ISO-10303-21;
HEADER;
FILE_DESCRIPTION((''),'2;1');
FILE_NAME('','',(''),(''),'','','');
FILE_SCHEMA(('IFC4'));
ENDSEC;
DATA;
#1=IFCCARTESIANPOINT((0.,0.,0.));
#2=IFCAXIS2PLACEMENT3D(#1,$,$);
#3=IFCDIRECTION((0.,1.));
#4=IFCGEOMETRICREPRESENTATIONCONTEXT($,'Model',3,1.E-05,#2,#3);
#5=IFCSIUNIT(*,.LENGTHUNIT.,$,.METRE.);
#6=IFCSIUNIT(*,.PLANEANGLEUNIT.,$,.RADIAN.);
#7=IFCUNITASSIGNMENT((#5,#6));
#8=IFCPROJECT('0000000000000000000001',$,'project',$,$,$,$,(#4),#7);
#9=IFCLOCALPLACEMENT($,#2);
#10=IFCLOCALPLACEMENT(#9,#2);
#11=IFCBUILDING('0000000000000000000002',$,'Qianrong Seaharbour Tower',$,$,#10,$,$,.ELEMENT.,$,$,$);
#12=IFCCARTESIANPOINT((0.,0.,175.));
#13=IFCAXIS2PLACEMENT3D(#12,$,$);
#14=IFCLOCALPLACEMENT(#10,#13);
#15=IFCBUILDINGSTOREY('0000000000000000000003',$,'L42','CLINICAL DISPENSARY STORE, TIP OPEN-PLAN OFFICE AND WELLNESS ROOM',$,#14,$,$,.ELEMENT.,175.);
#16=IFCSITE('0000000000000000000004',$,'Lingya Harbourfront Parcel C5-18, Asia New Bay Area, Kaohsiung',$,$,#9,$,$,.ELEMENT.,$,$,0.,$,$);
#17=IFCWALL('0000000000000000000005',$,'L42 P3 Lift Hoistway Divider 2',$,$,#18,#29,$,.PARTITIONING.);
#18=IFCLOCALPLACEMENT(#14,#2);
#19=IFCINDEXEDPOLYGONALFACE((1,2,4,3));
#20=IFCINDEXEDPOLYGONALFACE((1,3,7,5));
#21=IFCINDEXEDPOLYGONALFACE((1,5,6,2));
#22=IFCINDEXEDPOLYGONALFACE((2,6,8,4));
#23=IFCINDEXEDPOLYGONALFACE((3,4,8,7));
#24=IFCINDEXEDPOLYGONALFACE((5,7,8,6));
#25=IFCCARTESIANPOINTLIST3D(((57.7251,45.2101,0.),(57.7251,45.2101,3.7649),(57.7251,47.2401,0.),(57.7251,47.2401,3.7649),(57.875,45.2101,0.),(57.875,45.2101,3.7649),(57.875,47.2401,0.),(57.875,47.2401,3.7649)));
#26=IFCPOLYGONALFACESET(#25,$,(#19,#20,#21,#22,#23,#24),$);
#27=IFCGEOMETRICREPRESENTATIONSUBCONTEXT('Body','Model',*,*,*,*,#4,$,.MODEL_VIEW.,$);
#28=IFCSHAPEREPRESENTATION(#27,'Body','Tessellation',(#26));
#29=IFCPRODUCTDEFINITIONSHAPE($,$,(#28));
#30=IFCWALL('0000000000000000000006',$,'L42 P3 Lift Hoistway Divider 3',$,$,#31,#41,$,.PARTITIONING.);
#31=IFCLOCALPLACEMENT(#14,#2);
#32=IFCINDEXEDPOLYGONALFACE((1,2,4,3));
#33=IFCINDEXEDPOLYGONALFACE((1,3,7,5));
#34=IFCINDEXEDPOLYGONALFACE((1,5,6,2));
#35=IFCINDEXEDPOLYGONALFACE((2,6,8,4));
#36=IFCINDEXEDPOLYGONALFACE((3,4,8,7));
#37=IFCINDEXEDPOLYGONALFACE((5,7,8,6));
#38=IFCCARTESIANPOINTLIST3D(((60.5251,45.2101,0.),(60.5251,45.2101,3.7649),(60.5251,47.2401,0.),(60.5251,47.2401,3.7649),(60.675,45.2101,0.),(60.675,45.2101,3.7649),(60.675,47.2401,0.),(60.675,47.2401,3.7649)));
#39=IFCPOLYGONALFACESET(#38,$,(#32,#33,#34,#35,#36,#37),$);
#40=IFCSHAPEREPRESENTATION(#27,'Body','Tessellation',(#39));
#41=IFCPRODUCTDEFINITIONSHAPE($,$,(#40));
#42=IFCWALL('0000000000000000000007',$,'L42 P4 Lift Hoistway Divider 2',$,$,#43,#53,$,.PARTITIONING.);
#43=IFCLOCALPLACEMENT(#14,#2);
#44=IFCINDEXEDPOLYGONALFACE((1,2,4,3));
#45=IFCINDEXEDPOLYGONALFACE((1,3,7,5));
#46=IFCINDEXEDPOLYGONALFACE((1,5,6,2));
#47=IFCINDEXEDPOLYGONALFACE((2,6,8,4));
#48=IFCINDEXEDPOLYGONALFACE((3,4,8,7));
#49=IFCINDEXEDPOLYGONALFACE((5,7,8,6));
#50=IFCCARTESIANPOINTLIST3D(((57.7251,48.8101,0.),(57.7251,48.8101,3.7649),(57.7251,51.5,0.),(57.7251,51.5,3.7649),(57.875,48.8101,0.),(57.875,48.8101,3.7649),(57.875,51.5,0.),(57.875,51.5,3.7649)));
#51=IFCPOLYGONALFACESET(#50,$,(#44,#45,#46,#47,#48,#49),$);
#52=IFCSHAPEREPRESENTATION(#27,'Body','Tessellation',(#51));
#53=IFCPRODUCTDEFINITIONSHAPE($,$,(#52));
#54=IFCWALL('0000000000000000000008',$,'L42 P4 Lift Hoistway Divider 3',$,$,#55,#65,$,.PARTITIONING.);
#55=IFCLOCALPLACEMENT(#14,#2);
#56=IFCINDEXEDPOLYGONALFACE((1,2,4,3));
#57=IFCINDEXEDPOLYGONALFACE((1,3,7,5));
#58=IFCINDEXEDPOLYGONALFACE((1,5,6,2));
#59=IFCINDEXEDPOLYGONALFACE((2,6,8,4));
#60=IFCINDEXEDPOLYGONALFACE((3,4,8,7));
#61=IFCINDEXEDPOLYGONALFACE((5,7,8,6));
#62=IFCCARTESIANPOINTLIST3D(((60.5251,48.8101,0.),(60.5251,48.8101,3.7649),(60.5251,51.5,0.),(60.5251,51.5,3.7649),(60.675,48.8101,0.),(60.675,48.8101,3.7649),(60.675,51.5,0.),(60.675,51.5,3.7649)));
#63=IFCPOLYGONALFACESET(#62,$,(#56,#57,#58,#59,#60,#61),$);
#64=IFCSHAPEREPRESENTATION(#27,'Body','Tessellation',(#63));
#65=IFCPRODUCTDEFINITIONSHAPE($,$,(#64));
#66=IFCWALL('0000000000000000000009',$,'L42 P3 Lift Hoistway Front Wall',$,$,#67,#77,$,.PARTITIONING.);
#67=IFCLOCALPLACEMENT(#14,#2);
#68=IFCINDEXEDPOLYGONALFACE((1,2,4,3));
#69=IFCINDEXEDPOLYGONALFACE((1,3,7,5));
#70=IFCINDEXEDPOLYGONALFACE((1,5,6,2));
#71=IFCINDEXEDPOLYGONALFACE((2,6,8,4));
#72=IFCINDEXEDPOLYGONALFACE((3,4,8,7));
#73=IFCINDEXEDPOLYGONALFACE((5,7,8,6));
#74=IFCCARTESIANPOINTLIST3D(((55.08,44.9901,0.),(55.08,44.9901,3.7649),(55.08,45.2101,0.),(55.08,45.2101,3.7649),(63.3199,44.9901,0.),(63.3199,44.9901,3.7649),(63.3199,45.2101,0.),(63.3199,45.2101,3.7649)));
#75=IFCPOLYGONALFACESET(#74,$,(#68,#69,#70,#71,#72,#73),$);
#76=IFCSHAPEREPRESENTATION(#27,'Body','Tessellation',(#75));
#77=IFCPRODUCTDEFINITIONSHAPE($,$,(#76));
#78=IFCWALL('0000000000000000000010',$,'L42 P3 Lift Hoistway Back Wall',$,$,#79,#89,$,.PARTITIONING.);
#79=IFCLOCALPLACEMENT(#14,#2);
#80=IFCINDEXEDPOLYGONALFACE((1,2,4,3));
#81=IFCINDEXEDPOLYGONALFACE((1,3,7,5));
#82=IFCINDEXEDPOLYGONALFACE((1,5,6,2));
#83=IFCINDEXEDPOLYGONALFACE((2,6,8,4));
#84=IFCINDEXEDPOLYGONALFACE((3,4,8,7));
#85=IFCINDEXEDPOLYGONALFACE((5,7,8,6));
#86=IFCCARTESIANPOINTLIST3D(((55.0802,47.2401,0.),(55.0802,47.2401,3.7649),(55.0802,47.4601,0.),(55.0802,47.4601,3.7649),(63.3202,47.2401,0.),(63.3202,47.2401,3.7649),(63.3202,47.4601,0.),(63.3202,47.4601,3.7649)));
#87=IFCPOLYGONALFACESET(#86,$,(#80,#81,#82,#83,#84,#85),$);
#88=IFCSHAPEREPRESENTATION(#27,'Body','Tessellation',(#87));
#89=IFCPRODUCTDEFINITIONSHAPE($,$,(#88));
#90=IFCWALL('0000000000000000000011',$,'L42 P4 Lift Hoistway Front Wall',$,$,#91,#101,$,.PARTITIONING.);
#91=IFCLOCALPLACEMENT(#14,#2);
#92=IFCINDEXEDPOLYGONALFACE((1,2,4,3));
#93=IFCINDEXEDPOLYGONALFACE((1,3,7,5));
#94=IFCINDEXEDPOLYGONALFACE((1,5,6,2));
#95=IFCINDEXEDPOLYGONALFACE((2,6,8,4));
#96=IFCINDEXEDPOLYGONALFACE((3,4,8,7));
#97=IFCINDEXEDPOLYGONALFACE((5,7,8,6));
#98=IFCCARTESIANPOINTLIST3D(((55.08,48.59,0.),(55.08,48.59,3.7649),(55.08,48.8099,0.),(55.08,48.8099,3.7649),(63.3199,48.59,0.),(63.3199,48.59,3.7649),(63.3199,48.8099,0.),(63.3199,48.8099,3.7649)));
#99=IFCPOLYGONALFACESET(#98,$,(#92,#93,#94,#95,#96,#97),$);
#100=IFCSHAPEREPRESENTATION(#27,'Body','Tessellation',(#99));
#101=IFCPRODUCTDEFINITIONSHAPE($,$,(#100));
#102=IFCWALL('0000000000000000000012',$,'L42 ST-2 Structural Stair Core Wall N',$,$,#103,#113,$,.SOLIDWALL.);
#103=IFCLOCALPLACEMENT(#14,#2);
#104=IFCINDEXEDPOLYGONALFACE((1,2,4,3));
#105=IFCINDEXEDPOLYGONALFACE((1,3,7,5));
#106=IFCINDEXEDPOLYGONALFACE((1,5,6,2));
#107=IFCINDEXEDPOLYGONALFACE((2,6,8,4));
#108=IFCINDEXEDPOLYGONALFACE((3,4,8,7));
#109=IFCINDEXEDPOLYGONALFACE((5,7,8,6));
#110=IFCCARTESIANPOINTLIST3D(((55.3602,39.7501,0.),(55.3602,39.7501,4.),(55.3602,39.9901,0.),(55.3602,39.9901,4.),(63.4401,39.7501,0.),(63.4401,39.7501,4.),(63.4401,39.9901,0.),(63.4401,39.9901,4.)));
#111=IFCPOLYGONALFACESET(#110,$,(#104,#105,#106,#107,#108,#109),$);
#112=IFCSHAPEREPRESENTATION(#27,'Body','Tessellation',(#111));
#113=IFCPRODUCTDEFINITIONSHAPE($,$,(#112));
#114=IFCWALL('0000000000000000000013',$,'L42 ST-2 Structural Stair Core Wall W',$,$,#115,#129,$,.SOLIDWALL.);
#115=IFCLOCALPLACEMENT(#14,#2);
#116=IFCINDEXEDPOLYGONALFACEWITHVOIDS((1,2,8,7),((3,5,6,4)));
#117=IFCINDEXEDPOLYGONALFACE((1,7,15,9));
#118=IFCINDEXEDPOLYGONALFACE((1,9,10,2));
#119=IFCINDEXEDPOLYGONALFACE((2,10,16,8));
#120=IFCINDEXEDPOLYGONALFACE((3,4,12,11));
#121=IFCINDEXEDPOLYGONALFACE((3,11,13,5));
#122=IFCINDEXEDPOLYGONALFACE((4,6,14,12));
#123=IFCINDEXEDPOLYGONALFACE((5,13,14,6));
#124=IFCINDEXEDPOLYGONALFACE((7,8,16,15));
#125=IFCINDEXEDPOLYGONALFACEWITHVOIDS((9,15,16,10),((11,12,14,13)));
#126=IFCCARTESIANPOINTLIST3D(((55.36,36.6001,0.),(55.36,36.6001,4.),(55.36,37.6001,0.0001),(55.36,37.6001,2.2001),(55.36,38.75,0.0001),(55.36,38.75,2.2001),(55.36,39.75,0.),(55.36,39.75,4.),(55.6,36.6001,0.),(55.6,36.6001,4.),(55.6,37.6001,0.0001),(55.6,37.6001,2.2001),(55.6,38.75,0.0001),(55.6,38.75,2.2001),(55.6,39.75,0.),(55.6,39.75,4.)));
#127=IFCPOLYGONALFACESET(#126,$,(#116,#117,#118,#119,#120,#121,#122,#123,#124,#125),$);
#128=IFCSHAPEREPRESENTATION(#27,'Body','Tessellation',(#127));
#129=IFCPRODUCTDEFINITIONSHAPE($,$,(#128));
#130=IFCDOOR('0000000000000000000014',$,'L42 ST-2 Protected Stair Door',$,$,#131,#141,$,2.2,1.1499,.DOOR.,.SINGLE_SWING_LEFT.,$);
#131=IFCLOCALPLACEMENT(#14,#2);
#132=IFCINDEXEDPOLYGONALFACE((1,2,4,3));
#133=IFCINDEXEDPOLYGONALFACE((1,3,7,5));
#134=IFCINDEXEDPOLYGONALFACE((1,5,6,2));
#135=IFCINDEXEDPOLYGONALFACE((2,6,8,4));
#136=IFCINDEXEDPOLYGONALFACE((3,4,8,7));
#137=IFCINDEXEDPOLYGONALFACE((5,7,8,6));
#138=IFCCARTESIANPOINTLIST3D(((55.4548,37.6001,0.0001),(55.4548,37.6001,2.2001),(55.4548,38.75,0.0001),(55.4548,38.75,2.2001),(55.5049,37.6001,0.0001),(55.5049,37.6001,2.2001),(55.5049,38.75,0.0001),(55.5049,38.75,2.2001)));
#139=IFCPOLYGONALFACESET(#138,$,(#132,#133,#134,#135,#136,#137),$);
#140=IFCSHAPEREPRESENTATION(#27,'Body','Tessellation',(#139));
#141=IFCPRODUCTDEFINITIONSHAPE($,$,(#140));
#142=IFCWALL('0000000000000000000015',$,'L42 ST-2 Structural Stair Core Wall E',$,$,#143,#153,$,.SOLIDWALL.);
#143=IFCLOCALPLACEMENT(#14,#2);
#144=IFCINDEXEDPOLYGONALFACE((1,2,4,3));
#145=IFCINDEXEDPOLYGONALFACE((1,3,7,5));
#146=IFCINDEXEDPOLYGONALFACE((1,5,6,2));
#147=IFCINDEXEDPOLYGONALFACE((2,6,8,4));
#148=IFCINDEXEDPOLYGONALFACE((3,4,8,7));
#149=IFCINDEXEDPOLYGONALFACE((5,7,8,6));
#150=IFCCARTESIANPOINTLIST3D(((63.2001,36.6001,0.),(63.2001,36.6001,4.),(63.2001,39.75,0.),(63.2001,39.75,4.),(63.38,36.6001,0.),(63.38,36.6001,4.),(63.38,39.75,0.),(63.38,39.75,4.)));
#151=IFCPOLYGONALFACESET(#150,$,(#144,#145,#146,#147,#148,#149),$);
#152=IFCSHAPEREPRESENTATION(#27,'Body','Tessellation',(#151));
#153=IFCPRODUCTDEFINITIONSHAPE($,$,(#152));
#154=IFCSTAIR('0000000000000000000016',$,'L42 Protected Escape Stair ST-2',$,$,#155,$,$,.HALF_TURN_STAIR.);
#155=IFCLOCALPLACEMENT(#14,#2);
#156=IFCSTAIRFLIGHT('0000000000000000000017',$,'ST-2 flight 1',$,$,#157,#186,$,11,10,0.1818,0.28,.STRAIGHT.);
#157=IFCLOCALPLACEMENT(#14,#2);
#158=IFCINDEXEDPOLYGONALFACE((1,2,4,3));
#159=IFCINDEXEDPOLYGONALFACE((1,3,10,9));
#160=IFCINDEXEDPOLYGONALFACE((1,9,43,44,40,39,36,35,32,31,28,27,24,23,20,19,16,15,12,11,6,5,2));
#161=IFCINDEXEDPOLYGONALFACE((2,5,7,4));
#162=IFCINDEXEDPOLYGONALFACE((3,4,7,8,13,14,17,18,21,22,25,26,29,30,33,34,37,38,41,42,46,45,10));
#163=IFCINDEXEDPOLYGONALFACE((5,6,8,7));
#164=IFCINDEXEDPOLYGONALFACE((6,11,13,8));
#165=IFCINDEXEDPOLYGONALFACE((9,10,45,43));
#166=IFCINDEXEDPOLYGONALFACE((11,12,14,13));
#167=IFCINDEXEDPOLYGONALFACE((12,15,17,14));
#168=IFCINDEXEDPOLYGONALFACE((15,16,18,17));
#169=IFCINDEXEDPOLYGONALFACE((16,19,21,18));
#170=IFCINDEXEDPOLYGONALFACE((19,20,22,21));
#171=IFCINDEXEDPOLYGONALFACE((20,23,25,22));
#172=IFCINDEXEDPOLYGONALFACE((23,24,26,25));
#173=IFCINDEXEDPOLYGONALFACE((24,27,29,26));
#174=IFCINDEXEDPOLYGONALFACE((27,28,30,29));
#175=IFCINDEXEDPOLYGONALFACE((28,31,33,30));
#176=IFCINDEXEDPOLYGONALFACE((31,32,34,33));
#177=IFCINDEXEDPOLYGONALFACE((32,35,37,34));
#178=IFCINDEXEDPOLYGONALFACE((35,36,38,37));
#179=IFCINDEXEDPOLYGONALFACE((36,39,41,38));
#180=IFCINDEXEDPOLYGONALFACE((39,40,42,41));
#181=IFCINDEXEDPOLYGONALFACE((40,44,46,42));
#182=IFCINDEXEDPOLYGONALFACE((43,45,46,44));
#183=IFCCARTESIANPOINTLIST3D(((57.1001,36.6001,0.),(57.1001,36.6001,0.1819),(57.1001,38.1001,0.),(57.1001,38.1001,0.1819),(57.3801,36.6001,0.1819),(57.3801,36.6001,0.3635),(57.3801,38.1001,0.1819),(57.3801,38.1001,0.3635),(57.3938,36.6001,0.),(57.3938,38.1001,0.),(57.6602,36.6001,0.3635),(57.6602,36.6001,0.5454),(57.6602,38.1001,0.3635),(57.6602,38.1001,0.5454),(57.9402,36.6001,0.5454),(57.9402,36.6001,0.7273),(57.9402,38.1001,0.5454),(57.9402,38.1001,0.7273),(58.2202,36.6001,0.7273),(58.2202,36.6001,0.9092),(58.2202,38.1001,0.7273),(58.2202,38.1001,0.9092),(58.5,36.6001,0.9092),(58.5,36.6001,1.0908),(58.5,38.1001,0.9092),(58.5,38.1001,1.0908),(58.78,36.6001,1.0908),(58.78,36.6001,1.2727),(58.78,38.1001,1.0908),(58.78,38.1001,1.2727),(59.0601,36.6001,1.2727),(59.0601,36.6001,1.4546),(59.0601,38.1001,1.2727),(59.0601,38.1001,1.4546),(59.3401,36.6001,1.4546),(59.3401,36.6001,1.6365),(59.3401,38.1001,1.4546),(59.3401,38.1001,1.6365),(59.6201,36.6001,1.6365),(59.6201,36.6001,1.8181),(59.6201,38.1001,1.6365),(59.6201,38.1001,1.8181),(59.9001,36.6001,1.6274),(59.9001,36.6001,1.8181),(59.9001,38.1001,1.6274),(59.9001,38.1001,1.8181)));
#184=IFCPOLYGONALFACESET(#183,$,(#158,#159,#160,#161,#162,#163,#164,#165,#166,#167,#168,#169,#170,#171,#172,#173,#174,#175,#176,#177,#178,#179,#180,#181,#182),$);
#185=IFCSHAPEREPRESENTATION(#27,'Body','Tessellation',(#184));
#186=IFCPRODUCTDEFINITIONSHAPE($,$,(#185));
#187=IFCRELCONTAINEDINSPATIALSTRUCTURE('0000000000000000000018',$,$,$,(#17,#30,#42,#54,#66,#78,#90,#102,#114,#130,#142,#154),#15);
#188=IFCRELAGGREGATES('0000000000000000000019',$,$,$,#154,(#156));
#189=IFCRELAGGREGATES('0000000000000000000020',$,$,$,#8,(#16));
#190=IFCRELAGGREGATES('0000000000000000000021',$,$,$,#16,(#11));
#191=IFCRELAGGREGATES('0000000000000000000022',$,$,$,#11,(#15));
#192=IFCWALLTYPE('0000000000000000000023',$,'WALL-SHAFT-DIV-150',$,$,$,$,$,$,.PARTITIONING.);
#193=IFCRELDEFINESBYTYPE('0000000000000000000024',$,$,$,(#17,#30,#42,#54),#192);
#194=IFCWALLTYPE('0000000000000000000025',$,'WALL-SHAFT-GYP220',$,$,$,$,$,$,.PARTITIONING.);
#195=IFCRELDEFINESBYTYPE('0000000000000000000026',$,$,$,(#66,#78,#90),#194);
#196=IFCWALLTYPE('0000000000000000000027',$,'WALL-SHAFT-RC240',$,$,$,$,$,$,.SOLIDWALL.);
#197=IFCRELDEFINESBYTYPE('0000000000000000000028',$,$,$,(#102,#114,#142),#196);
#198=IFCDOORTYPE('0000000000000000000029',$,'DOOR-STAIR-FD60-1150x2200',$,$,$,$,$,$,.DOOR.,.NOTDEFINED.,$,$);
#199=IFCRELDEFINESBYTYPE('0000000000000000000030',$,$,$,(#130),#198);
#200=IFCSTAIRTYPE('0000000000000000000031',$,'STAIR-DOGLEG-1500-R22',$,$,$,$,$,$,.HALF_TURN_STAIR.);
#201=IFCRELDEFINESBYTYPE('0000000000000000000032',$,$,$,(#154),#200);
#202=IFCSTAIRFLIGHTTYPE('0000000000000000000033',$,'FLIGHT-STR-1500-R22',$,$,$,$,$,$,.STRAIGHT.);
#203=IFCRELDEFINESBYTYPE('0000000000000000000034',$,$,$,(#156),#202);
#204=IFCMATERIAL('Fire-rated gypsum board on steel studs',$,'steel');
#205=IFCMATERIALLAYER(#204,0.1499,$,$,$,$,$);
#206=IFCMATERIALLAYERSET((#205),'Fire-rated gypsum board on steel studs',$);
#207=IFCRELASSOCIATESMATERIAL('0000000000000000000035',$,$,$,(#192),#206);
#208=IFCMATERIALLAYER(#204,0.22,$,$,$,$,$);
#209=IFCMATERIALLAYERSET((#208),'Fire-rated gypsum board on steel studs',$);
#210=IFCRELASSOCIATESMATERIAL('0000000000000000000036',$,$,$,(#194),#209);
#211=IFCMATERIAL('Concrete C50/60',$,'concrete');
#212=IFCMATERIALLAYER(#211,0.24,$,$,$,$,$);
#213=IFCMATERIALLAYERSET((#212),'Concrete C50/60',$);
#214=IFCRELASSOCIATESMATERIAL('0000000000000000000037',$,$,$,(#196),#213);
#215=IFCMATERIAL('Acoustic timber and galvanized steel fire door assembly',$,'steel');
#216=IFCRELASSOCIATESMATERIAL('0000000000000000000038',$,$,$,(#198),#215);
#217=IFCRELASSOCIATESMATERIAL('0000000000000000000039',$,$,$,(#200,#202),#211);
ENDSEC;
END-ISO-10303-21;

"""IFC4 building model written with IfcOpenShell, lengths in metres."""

from ifc_helpers import new_model, si_unit, direction, frame, frame_2d, origin, place, context, subcontext, project, spatial, polyline, rectangle, outline, extrude, material, layer, layer_set, type_object, element, fill, aggregate, save


model = new_model("IFC4")

# Units and contexts
model_context = context("Model", 3, precision=1e-05, world=origin(), true_north=direction((0.0, 1.0)))
body_context = subcontext(model_context, "Body", "Model", "MODEL_VIEW")
ifc_project = project(units=[si_unit("LENGTHUNIT", "METRE"), si_unit("PLANEANGLEUNIT", "RADIAN")], contexts=[model_context])

# Site, building, storey
site_placement = place(None, origin())
site = spatial("IfcSite", under=ifc_project, at=site_placement, Name="Lingya Harbourfront Parcel C5-18, Asia New Bay Area, Kaohsiung", CompositionType="ELEMENT", RefElevation=0.0)
building_placement = place(site_placement, origin())
building = spatial("IfcBuilding", under=site, at=building_placement, Name="Qianrong Seaharbour Tower", CompositionType="ELEMENT")
storey_placement = place(building_placement, frame((0.0, 0.0, 175.0)))
storey = spatial("IfcBuildingStorey", under=building, at=storey_placement, Name="L42", Description="CLINICAL DISPENSARY STORE, TIP OPEN-PLAN OFFICE AND WELLNESS ROOM", CompositionType="ELEMENT", Elevation=175.0)

# Shared definitions
ifc_material_1 = material(Name="Acoustic timber and galvanized steel fire door assembly", Category="steel")

# Walls
ifc_material_2 = material(Name="Fire-rated gypsum board on steel studs", Category="steel")
ifc_layer_1 = layer(ifc_material_2, 0.1499)
ifc_layer_set_1 = layer_set([ifc_layer_1], Name="Fire-rated gypsum board on steel studs")
wall_type_1 = type_object("IfcWallType", Name="WALL-SHAFT-DIV-150", PredefinedType="PARTITIONING", material=ifc_layer_set_1)
for number, where, z_axis, x_axis, name in (
    (1, (57.8, 45.21, 0.0), (0.0, 0.0, 1.0), (0.0, 1.0, 0.0), "L42 P3 Lift Hoistway Divider 2"),
    (2, (60.6001, 45.21, 0.0), (0.0, 0.0, 1.0), (0.0, 1.0, 0.0), "L42 P3 Lift Hoistway Divider 3"),
):
    element("IfcWall", number, at=place(storey_placement, frame(where, z_axis=z_axis, x_axis=x_axis)), inside=storey, type_object=wall_type_1, Name=name, PredefinedType="PARTITIONING", context=body_context, shape_type="SweptSolid", body=[
        extrude(rectangle(XDim=2.03, YDim=0.1499, at=frame_2d((1.0151, 0.0))), origin(), (0.0, 0.0, 1.0), 3.7649),
    ])
for number, where, z_axis, x_axis, name in (
    (3, (57.8, 48.8101, 0.0), (0.0, 0.0, 1.0), (0.0, 1.0, 0.0), "L42 P4 Lift Hoistway Divider 2"),
    (4, (60.6001, 48.8101, 0.0), (0.0, 0.0, 1.0), (0.0, 1.0, 0.0), "L42 P4 Lift Hoistway Divider 3"),
):
    element("IfcWall", number, at=place(storey_placement, frame(where, z_axis=z_axis, x_axis=x_axis)), inside=storey, type_object=wall_type_1, Name=name, PredefinedType="PARTITIONING", context=body_context, shape_type="SweptSolid", body=[
        extrude(rectangle(XDim=2.6899, YDim=0.1499, at=frame_2d((1.345, 0.0))), origin(), (0.0, 0.0, 1.0), 3.7649),
    ])
ifc_layer_2 = layer(ifc_material_2, 0.22)
ifc_layer_set_2 = layer_set([ifc_layer_2], Name="Fire-rated gypsum board on steel studs")
wall_type_2 = type_object("IfcWallType", Name="WALL-SHAFT-GYP220", PredefinedType="PARTITIONING", material=ifc_layer_set_2)
for number, where, z_axis, x_axis, name in (
    (5, (63.3201, 45.1001, 0.0), (0.0, 0.0, 1.0), (-1.0, 0.0, 0.0), "L42 P3 Lift Hoistway Front Wall"),
    (6, (55.0801, 47.3501, 0.0), (0.0, 0.0, 1.0), (1.0, 0.0, 0.0), "L42 P3 Lift Hoistway Back Wall"),
    (7, (63.3201, 48.7, 0.0), (0.0, 0.0, 1.0), (-1.0, 0.0, 0.0), "L42 P4 Lift Hoistway Front Wall"),
):
    element("IfcWall", number, at=place(storey_placement, frame(where, z_axis=z_axis, x_axis=x_axis)), inside=storey, type_object=wall_type_2, Name=name, PredefinedType="PARTITIONING", context=body_context, shape_type="SweptSolid", body=[
        extrude(rectangle(XDim=8.24, YDim=0.22, at=frame_2d((4.1201, 0.0))), origin(), (0.0, 0.0, 1.0), 3.7649),
    ])
ifc_material_3 = material(Name="Concrete C50/60", Category="concrete")
ifc_layer_3 = layer(ifc_material_3, 0.24)
ifc_layer_set_3 = layer_set([ifc_layer_3], Name="Concrete C50/60")
wall_type_3 = type_object("IfcWallType", Name="WALL-SHAFT-RC240", PredefinedType="SOLIDWALL", material=ifc_layer_set_3)
wall_1_placement = place(storey_placement, frame((55.3601, 39.8701, 0.0), z_axis=(0.0, 0.0, 1.0), x_axis=(1.0, 0.0, 0.0)))
element("IfcWall", 8, at=wall_1_placement, inside=storey, type_object=wall_type_3, Name="L42 ST-2 Structural Stair Core Wall N", PredefinedType="SOLIDWALL", context=body_context, shape_type="SweptSolid", body=[
    extrude(rectangle(XDim=8.0798, YDim=0.24, at=frame_2d((4.04, 0.0))), origin(), (0.0, 0.0, 1.0), 4.0),
])

# Wall, opening, door
wall_2_placement = place(storey_placement, frame((55.48, 39.75, 0.0), z_axis=(0.0, 0.0, 1.0), x_axis=(0.0, -1.0, 0.0)))
wall_2 = element("IfcWall", 9, at=wall_2_placement, inside=storey, type_object=wall_type_3, Name="L42 ST-2 Structural Stair Core Wall W", PredefinedType="SOLIDWALL", context=body_context, shape_type="SweptSolid", body=[
    extrude(rectangle(XDim=3.1499, YDim=0.24, at=frame_2d((1.575, 0.0))), origin(), (0.0, 0.0, 1.0), 4.0),
])
opening_1_placement = place(wall_2_placement, frame((1.0, 0.0, 0.0)))
opening_1 = element("IfcOpeningElement", 10, at=opening_1_placement, cuts=wall_2, PredefinedType="OPENING", context=body_context, shape_type="SweptSolid", body=[
    extrude(rectangle(XDim=1.1499, YDim=2.2, at=frame_2d((0.575, 1.1001))), frame((0.0, 0.1299, 0.0), z_axis=(0.0, -1.0, 0.0), x_axis=(1.0, 0.0, 0.0)), (0.0, 0.0, 1.0), 0.26),
])
door_type_1 = type_object("IfcDoorType", Name="DOOR-STAIR-FD60-1150x2200", OperationType="NOTDEFINED", PredefinedType="DOOR", material=ifc_material_1)
door_1_placement = place(opening_1_placement, origin())
door_1 = element("IfcDoor", 11, at=door_1_placement, inside=storey, type_object=door_type_1, Name="L42 ST-2 Protected Stair Door", OperationType="SINGLE_SWING_LEFT", OverallHeight=2.2, OverallWidth=1.1499, PredefinedType="DOOR", context=body_context, shape_type="SweptSolid", body=[
    extrude(rectangle(XDim=1.1499, YDim=2.2, at=frame_2d((0.575, 1.1001))), frame((0.0, 0.0249, 0.0), z_axis=(0.0, -1.0, 0.0), x_axis=(1.0, 0.0, 0.0)), (0.0, 0.0, 1.0), 0.05),
])
fill(opening_1, door_1)

# Wall
wall_3_placement = place(storey_placement, frame((63.29, 36.6001, 0.0), z_axis=(0.0, 0.0, 1.0), x_axis=(0.0, 1.0, 0.0)))
element("IfcWall", 12, at=wall_3_placement, inside=storey, type_object=wall_type_3, Name="L42 ST-2 Structural Stair Core Wall E", PredefinedType="SOLIDWALL", context=body_context, shape_type="SweptSolid", body=[
    extrude(rectangle(XDim=3.1499, YDim=0.1799, at=frame_2d((1.575, 0.0))), origin(), (0.0, 0.0, 1.0), 4.0),
])

# Stair, stair flight
stair_type = type_object("IfcStairType", Name="STAIR-DOGLEG-1500-R22", PredefinedType="HALF_TURN_STAIR", material=ifc_material_3)
stair_placement = place(storey_placement, origin())
stair = element("IfcStair", 13, at=stair_placement, inside=storey, type_object=stair_type, Name="L42 Protected Escape Stair ST-2", PredefinedType="HALF_TURN_STAIR")
stair_flight_type = type_object("IfcStairFlightType", Name="FLIGHT-STR-1500-R22", PredefinedType="STRAIGHT", material=ifc_material_3)
stair_flight_1_placement = place(storey_placement, frame((57.1001, 37.3501, 0.0), z_axis=(0.0, 0.0, 1.0), x_axis=(1.0, 0.0, 0.0)))
stair_flight_1 = element("IfcStairFlight", 14, at=stair_flight_1_placement, type_object=stair_flight_type, Name="ST-2 flight 1", NumberOfRisers=11, NumberOfTreads=10, PredefinedType="STRAIGHT", RiserHeight=0.1818, TreadLength=0.28, context=body_context, shape_type="SweptSolid", body=[
    extrude(outline(polyline([(0.0, 0.0), (0.0, 0.1819), (0.28, 0.1819), (0.28, 0.3635), (0.5601, 0.3635), (0.5601, 0.5454), (0.8401, 0.5454), (0.8401, 0.7273), (1.1201, 0.7273), (1.1201, 0.9092), (1.3999, 0.9092), (1.3999, 1.0908), (1.6799, 1.0908), (1.6799, 1.2727), (1.96, 1.2727), (1.96, 1.4546), (2.24, 1.4546), (2.24, 1.6365), (2.52, 1.6365), (2.52, 1.8181), (2.8, 1.8181), (2.8, 2.0), (2.8, 1.6274), (0.2937, 0.0), (0.0, 0.0)])), frame((0.0, 0.75, 0.0), z_axis=(0.0, -1.0, 0.0), x_axis=(1.0, 0.0, 0.0)), (0.0, 0.0, 1.0), 1.5),
])
aggregate(stair, [stair_flight_1])

save(model, "model.ifc")
